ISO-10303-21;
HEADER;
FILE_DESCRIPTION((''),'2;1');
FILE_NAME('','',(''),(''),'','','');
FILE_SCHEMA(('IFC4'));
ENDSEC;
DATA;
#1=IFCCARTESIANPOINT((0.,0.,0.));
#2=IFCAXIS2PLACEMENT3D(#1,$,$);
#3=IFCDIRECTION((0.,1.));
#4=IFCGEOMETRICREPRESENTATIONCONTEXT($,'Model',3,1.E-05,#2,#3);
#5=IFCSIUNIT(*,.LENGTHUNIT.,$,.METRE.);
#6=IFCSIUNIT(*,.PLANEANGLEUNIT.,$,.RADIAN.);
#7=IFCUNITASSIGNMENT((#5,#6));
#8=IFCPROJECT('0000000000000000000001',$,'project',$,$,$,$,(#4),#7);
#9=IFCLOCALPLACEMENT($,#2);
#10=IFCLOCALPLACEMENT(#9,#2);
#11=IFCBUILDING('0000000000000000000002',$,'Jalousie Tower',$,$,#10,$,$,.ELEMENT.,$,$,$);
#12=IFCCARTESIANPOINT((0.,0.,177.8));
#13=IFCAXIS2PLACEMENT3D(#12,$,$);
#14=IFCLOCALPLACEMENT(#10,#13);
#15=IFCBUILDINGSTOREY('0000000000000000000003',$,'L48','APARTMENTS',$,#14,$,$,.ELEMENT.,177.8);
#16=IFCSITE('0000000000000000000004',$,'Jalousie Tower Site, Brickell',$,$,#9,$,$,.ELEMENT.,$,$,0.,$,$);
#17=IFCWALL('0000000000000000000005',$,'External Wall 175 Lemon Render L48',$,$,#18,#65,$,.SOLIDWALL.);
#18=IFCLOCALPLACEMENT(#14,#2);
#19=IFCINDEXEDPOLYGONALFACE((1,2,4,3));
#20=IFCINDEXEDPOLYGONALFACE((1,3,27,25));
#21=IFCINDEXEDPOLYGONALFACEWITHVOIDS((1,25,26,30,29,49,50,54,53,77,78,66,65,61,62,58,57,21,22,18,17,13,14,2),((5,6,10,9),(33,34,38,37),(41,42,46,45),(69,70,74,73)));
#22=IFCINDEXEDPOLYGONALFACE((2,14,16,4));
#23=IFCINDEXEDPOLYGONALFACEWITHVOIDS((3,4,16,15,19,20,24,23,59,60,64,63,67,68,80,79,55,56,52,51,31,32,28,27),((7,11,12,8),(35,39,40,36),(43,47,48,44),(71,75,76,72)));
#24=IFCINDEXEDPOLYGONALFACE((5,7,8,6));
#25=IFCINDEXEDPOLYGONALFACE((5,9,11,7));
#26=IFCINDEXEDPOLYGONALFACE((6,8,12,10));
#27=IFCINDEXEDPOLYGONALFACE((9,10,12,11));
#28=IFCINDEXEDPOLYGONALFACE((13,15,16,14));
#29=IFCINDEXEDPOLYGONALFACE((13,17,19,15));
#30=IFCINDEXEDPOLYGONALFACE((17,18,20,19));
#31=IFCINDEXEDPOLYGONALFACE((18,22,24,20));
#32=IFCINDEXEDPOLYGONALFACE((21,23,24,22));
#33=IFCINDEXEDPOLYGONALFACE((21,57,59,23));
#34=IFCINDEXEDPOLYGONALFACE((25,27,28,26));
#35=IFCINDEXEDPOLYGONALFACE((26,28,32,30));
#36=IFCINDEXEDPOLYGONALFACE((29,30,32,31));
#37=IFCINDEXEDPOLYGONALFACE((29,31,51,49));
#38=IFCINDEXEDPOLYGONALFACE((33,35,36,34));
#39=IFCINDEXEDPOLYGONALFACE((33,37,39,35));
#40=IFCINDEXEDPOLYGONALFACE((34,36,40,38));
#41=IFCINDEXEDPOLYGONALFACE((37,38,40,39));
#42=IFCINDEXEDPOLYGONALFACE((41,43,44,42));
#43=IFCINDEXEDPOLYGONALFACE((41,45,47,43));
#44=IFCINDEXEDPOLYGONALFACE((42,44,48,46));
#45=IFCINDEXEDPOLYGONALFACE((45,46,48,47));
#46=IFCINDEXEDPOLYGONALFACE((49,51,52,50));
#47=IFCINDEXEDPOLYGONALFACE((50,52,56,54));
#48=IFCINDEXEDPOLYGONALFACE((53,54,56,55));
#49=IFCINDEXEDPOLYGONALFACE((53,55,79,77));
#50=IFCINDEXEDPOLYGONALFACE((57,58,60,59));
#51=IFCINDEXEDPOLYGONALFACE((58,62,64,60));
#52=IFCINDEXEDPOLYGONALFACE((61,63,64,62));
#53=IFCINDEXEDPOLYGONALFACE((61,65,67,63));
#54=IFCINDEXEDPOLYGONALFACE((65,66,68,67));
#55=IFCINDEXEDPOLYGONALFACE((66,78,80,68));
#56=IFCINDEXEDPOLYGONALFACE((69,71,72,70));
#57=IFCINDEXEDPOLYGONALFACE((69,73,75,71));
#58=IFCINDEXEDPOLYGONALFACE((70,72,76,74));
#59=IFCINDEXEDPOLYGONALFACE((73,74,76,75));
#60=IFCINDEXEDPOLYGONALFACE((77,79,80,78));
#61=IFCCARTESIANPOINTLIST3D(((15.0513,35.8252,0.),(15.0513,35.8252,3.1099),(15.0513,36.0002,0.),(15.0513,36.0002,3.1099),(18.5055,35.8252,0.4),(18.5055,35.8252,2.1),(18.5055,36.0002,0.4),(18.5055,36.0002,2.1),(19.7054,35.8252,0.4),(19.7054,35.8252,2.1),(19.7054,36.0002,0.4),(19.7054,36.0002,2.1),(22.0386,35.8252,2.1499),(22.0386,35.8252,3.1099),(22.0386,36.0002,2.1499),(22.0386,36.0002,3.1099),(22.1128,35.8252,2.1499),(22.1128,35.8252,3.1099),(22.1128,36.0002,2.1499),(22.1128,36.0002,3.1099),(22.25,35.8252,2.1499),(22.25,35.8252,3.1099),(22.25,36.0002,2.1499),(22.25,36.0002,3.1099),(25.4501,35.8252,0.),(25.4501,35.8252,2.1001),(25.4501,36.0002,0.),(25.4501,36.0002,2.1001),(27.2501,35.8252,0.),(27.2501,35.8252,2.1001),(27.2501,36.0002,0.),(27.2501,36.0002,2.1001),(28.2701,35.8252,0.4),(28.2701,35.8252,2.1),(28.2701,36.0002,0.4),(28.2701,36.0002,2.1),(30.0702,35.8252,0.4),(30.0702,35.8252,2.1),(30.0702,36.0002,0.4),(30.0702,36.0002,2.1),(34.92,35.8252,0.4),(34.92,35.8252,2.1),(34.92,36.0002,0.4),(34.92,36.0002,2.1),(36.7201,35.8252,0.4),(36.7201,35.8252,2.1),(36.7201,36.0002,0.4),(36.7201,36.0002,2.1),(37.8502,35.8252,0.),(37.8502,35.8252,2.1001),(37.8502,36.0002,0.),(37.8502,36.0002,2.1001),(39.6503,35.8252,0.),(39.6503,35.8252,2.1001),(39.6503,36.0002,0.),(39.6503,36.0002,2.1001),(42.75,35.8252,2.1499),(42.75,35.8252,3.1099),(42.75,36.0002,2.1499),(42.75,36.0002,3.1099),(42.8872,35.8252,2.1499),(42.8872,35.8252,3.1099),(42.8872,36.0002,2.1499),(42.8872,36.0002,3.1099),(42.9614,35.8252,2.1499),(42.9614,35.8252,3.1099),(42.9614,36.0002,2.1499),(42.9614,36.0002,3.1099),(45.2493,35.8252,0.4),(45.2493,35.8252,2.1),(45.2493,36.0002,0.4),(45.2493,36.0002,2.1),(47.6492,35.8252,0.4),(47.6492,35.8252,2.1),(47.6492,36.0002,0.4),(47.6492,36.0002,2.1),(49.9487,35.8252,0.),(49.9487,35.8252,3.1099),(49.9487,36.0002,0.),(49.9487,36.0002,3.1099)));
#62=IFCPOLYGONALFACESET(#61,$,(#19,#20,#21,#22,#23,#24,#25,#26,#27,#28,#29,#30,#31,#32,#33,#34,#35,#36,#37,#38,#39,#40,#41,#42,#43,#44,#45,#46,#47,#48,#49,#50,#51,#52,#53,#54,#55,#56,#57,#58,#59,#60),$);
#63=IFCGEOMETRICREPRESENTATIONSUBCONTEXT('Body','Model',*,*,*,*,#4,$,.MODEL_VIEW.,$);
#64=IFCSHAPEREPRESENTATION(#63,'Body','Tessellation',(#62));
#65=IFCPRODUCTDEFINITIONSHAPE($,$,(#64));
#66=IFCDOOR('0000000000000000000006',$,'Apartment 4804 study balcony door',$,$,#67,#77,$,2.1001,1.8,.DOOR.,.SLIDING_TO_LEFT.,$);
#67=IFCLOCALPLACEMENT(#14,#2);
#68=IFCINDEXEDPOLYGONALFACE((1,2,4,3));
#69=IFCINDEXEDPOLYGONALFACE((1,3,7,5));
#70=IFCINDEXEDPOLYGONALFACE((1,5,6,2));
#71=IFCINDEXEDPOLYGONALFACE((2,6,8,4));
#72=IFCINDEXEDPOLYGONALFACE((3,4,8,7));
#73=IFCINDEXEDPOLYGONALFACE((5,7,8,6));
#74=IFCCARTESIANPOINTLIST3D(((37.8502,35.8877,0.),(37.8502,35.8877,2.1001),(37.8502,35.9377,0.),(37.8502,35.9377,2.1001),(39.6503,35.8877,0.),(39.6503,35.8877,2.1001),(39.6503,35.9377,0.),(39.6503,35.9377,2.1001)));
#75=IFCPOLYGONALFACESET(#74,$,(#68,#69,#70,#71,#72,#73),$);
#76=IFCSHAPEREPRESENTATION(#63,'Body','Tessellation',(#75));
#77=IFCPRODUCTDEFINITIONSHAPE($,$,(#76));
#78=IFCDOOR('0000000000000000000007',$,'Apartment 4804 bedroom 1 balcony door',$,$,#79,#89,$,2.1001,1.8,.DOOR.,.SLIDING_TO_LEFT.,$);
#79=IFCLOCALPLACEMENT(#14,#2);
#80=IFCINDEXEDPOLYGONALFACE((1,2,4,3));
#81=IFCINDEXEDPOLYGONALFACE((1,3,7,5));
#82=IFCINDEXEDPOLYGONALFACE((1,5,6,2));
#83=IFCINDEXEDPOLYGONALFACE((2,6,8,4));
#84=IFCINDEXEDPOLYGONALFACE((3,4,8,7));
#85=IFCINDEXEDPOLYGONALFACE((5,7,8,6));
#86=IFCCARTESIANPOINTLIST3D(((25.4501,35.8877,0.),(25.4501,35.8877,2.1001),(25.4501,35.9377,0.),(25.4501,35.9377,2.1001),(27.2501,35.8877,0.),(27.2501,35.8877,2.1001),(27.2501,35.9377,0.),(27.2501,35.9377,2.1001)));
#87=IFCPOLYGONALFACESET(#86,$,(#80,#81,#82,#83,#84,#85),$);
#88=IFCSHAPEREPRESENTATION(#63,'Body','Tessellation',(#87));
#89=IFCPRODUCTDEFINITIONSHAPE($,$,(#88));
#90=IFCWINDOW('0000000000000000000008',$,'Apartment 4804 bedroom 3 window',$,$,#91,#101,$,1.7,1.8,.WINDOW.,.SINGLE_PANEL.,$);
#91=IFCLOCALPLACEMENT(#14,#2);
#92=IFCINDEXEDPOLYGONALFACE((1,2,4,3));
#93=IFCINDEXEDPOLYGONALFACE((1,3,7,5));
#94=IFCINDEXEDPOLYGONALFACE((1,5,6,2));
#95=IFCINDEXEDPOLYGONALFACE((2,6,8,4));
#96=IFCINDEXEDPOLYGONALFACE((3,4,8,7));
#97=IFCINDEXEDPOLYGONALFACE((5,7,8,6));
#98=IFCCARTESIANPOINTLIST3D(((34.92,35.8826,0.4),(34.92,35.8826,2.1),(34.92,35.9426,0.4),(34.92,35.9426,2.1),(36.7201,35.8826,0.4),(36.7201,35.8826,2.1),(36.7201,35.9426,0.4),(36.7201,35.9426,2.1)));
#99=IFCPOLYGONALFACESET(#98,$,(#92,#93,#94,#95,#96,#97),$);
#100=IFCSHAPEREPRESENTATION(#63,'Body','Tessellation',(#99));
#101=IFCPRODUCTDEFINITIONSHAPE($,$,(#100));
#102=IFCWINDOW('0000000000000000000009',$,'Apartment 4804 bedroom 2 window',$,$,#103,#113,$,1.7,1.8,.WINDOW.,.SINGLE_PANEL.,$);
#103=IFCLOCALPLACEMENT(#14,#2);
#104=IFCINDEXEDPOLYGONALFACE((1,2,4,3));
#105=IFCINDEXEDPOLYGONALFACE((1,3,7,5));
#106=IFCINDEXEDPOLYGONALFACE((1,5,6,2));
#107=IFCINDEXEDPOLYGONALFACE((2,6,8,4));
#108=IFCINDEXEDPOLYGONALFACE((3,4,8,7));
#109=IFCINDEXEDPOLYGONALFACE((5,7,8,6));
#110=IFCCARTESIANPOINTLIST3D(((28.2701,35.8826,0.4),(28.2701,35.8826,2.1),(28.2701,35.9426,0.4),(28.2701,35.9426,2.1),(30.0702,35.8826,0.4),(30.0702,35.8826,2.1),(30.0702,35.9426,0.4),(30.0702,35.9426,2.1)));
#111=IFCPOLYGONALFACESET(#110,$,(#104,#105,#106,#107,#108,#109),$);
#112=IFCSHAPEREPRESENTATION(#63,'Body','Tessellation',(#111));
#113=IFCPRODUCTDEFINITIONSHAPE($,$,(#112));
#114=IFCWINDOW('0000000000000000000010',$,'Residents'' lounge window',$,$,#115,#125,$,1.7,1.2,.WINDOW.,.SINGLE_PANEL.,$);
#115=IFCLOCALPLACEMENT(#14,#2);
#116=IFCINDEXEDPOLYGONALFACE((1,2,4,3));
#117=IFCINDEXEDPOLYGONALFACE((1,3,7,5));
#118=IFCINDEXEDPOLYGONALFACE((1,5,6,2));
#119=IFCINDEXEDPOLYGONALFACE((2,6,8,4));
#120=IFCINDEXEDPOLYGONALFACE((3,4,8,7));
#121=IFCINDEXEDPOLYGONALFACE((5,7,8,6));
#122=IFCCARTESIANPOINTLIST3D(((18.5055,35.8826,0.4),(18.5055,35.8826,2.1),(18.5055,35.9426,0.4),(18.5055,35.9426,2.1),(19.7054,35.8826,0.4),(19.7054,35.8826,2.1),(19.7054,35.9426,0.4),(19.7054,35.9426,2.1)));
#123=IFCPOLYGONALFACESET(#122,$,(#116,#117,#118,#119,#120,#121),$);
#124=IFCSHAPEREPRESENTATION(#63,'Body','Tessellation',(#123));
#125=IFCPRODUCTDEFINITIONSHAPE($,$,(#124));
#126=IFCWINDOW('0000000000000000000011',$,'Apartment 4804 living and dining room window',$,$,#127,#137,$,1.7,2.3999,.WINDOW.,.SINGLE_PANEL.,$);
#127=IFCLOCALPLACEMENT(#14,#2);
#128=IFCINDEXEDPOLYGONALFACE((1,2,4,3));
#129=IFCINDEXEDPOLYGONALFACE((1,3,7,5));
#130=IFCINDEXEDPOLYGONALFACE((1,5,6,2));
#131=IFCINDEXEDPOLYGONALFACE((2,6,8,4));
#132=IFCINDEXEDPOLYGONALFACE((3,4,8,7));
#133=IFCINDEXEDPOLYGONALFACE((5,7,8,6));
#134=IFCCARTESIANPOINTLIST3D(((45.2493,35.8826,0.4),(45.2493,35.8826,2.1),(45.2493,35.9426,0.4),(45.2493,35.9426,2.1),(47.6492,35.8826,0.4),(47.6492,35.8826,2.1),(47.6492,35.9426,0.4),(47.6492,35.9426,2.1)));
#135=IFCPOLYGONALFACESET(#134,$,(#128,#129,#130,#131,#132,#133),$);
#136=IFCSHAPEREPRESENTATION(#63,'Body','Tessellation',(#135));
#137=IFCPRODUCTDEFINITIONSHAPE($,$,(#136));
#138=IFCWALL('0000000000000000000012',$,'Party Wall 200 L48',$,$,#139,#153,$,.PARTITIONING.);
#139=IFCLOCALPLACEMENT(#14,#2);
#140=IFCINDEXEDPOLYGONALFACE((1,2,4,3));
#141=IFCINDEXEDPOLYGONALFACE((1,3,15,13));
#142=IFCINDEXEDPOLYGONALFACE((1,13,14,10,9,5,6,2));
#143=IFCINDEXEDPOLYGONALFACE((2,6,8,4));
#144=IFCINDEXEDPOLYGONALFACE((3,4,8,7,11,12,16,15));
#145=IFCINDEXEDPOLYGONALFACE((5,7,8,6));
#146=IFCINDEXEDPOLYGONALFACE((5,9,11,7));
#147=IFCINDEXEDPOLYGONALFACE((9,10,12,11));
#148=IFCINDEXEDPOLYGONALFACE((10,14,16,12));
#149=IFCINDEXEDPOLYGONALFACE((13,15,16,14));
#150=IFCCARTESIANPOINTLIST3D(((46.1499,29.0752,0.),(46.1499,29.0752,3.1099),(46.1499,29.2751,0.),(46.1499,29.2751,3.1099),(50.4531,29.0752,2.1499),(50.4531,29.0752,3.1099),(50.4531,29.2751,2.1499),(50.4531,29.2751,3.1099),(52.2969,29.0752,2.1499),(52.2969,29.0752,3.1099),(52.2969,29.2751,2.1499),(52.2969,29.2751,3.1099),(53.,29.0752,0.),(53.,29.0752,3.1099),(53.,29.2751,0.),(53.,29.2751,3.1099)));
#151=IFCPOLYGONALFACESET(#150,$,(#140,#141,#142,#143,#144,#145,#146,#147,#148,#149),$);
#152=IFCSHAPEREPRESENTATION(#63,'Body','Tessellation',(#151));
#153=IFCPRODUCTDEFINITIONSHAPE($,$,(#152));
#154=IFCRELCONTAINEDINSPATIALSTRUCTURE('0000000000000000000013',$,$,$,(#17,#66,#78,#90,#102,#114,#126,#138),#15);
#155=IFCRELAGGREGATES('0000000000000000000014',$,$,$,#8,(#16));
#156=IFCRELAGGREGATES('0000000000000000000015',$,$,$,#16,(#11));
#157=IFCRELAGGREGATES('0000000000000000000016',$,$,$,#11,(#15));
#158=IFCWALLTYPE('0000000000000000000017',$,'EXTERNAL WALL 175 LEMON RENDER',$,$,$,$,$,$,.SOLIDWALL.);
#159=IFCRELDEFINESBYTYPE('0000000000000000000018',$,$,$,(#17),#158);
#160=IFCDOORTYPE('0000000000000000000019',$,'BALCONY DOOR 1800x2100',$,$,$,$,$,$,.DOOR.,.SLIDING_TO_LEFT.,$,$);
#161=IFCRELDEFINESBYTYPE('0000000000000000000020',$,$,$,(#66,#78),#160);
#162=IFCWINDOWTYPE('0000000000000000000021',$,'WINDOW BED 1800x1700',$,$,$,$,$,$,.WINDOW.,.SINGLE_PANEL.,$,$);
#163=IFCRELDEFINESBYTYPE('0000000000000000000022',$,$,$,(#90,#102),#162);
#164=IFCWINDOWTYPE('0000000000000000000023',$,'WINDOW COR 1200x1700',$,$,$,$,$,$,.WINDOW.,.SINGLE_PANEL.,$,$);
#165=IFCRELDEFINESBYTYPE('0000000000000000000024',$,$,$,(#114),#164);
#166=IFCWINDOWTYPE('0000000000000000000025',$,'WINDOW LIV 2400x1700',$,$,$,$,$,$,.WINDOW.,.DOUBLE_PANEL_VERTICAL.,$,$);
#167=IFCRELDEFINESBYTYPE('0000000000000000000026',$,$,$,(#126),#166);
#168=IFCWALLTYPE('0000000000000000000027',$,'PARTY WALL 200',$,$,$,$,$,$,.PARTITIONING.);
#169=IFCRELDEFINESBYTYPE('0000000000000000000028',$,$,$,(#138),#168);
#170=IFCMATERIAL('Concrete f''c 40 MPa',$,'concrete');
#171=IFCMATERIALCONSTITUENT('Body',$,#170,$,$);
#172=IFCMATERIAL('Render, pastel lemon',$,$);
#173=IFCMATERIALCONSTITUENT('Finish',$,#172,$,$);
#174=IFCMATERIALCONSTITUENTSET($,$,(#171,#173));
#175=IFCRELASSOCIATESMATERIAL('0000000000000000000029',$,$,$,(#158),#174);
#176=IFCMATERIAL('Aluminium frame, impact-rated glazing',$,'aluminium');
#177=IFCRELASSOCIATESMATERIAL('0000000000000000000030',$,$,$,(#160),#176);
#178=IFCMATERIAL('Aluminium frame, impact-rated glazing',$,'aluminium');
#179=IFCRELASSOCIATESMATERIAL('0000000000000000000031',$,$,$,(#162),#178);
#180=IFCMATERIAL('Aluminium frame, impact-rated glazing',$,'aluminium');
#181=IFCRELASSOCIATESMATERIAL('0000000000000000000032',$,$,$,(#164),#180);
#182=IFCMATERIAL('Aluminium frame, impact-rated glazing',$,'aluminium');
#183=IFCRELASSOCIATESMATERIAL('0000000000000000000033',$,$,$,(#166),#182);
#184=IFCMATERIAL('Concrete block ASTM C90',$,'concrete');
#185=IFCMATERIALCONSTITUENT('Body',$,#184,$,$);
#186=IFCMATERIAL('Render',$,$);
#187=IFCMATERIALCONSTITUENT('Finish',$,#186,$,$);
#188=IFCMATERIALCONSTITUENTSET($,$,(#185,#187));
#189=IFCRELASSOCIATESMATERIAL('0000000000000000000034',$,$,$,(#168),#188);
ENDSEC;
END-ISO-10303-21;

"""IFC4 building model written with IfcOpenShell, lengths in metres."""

from ifc_helpers import new_model, si_unit, direction, frame, frame_2d, origin, place, context, subcontext, project, spatial, polyline, rectangle, outline, extrude, material, constituent, constituent_set, type_object, element, fill, save


model = new_model("IFC4")

# Units and contexts
model_context = context("Model", 3, precision=1e-05, world=origin(), true_north=direction((0.0, 1.0)))
body_context = subcontext(model_context, "Body", "Model", "MODEL_VIEW")
ifc_project = project(units=[si_unit("LENGTHUNIT", "METRE"), si_unit("PLANEANGLEUNIT", "RADIAN")], contexts=[model_context])

# Site, building, storey
site_placement = place(None, origin())
site = spatial("IfcSite", under=ifc_project, at=site_placement, Name="Jalousie Tower Site, Brickell", CompositionType="ELEMENT", RefElevation=0.0)
building_placement = place(site_placement, origin())
building = spatial("IfcBuilding", under=site, at=building_placement, Name="Jalousie Tower", CompositionType="ELEMENT")
storey_placement = place(building_placement, frame((0.0, 0.0, 177.8)))
storey = spatial("IfcBuildingStorey", under=building, at=storey_placement, Name="L48", Description="APARTMENTS", CompositionType="ELEMENT", Elevation=177.8)

# Wall, openings, doors, windows
ifc_material_1 = material(Name="Concrete f'c 40 MPa", Category="concrete")
ifc_constituent_1 = constituent(ifc_material_1, Name="Body")
ifc_material_2 = material(Name="Render, pastel lemon")
ifc_constituent_2 = constituent(ifc_material_2, Name="Finish")
ifc_constituent_set_1 = constituent_set(constituents=[ifc_constituent_1, ifc_constituent_2])
wall_type_1 = type_object("IfcWallType", Name="EXTERNAL WALL 175 LEMON RENDER", PredefinedType="SOLIDWALL", material=ifc_constituent_set_1)
wall_1_placement = place(storey_placement, frame((49.9487, 35.9126, 0.0), z_axis=(0.0, 0.0, 1.0), x_axis=(-1.0, 0.0, 0.0)))
wall_1 = element("IfcWall", 1, at=wall_1_placement, inside=storey, type_object=wall_type_1, Name="External Wall 175 Lemon Render L48", PredefinedType="SOLIDWALL", context=body_context, shape_type="SweptSolid", body=[
    extrude(outline(polyline([(0.0, 0.0), (34.8975, 0.0), (34.8975, 3.1099), (27.9102, 3.1099), (27.9102, 2.1499), (27.8359, 2.1499), (27.8359, 3.1099), (27.6987, 3.1099), (27.6987, 2.1499), (7.1987, 2.1499), (7.1987, 3.1099), (7.0615, 3.1099), (7.0615, 2.1499), (6.9873, 2.1499), (6.9873, 3.1099), (0.0, 3.1099), (0.0, 0.0)])), frame((0.0, 0.0874, 0.0), z_axis=(0.0, -1.0, 0.0), x_axis=(1.0, 0.0, 0.0)), (0.0, 0.0, 1.0), 0.175),
])
opening_1_placement = place(wall_1_placement, frame((2.2996, 0.0, 0.3999)))
opening_1 = element("IfcOpeningElement", 2, at=opening_1_placement, cuts=wall_1, PredefinedType="OPENING", context=body_context, shape_type="SweptSolid", body=[
    extrude(rectangle(XDim=2.3999, YDim=1.7, at=frame_2d((1.2, 0.8501))), frame((0.0, 0.0974, 0.0), z_axis=(0.0, -1.0, 0.0), x_axis=(1.0, 0.0, 0.0)), (0.0, 0.0, 1.0), 0.1951),
])
opening_2_placement = place(wall_1_placement, frame((10.2986, 0.0, 0.0)))
opening_2 = element("IfcOpeningElement", 3, at=opening_2_placement, cuts=wall_1, PredefinedType="OPENING", context=body_context, shape_type="SweptSolid", body=[
    extrude(rectangle(XDim=1.8, YDim=2.1001, at=frame_2d((0.8999, 1.05))), frame((0.0, 0.0974, 0.0), z_axis=(0.0, -1.0, 0.0), x_axis=(1.0, 0.0, 0.0)), (0.0, 0.0, 1.0), 0.1951),
])
opening_3_placement = place(wall_1_placement, frame((13.2288, 0.0, 0.3999)))
opening_3 = element("IfcOpeningElement", 4, at=opening_3_placement, cuts=wall_1, PredefinedType="OPENING", context=body_context, shape_type="SweptSolid", body=[
    extrude(rectangle(XDim=1.8, YDim=1.7, at=frame_2d((0.8999, 0.8501))), frame((0.0, 0.0974, 0.0), z_axis=(0.0, -1.0, 0.0), x_axis=(1.0, 0.0, 0.0)), (0.0, 0.0, 1.0), 0.1951),
])
opening_4_placement = place(wall_1_placement, frame((19.8787, 0.0, 0.3999)))
opening_4 = element("IfcOpeningElement", 5, at=opening_4_placement, cuts=wall_1, PredefinedType="OPENING", context=body_context, shape_type="SweptSolid", body=[
    extrude(rectangle(XDim=1.8, YDim=1.7, at=frame_2d((0.8999, 0.8501))), frame((0.0, 0.0974, 0.0), z_axis=(0.0, -1.0, 0.0), x_axis=(1.0, 0.0, 0.0)), (0.0, 0.0, 1.0), 0.1951),
])
opening_5_placement = place(wall_1_placement, frame((22.6987, 0.0, 0.0)))
opening_5 = element("IfcOpeningElement", 6, at=opening_5_placement, cuts=wall_1, PredefinedType="OPENING", context=body_context, shape_type="SweptSolid", body=[
    extrude(rectangle(XDim=1.8, YDim=2.1001, at=frame_2d((0.8999, 1.05))), frame((0.0, 0.0974, 0.0), z_axis=(0.0, -1.0, 0.0), x_axis=(1.0, 0.0, 0.0)), (0.0, 0.0, 1.0), 0.1951),
])
opening_6_placement = place(wall_1_placement, frame((30.2432, 0.0, 0.3999)))
opening_6 = element("IfcOpeningElement", 7, at=opening_6_placement, cuts=wall_1, PredefinedType="OPENING", context=body_context, shape_type="SweptSolid", body=[
    extrude(rectangle(XDim=1.2, YDim=1.7, at=frame_2d((0.6001, 0.8501))), frame((0.0, 0.0974, 0.0), z_axis=(0.0, -1.0, 0.0), x_axis=(1.0, 0.0, 0.0)), (0.0, 0.0, 1.0), 0.1951),
])
ifc_material_3 = material(Name="Aluminium frame, impact-rated glazing", Category="aluminium")
door_type = type_object("IfcDoorType", Name="BALCONY DOOR 1800x2100", OperationType="SLIDING_TO_LEFT", PredefinedType="DOOR", material=ifc_material_3)
door_1_placement = place(opening_2_placement, origin())
door_1 = element("IfcDoor", 8, at=door_1_placement, inside=storey, type_object=door_type, Name="Apartment 4804 study balcony door", OperationType="SLIDING_TO_LEFT", OverallHeight=2.1001, OverallWidth=1.8, PredefinedType="DOOR", context=body_context, shape_type="SweptSolid", body=[
    extrude(rectangle(XDim=1.8, YDim=2.1001, at=frame_2d((0.8999, 1.05))), frame((0.0, 0.0249, 0.0), z_axis=(0.0, -1.0, 0.0), x_axis=(1.0, 0.0, 0.0)), (0.0, 0.0, 1.0), 0.05),
])
fill(opening_2, door_1)
door_2_placement = place(opening_5_placement, origin())
door_2 = element("IfcDoor", 9, at=door_2_placement, inside=storey, type_object=door_type, Name="Apartment 4804 bedroom 1 balcony door", OperationType="SLIDING_TO_LEFT", OverallHeight=2.1001, OverallWidth=1.8, PredefinedType="DOOR", context=body_context, shape_type="SweptSolid", body=[
    extrude(rectangle(XDim=1.8, YDim=2.1001, at=frame_2d((0.8999, 1.05))), frame((0.0, 0.0249, 0.0), z_axis=(0.0, -1.0, 0.0), x_axis=(1.0, 0.0, 0.0)), (0.0, 0.0, 1.0), 0.05),
])
fill(opening_5, door_2)
ifc_material_4 = material(Name="Aluminium frame, impact-rated glazing", Category="aluminium")
window_type_1 = type_object("IfcWindowType", Name="WINDOW BED 1800x1700", PartitioningType="SINGLE_PANEL", PredefinedType="WINDOW", material=ifc_material_4)
window_1_placement = place(opening_3_placement, origin())
window_1 = element("IfcWindow", 10, at=window_1_placement, inside=storey, type_object=window_type_1, Name="Apartment 4804 bedroom 3 window", OverallHeight=1.7, OverallWidth=1.8, PartitioningType="SINGLE_PANEL", PredefinedType="WINDOW", context=body_context, shape_type="SweptSolid", body=[
    extrude(rectangle(XDim=1.8, YDim=1.7, at=frame_2d((0.8999, 0.8501))), frame((0.0, 0.03, 0.0), z_axis=(0.0, -1.0, 0.0), x_axis=(1.0, 0.0, 0.0)), (0.0, 0.0, 1.0), 0.0601),
])
fill(opening_3, window_1)
window_2_placement = place(opening_4_placement, origin())
window_2 = element("IfcWindow", 11, at=window_2_placement, inside=storey, type_object=window_type_1, Name="Apartment 4804 bedroom 2 window", OverallHeight=1.7, OverallWidth=1.8, PartitioningType="SINGLE_PANEL", PredefinedType="WINDOW", context=body_context, shape_type="SweptSolid", body=[
    extrude(rectangle(XDim=1.8, YDim=1.7, at=frame_2d((0.8999, 0.8501))), frame((0.0, 0.03, 0.0), z_axis=(0.0, -1.0, 0.0), x_axis=(1.0, 0.0, 0.0)), (0.0, 0.0, 1.0), 0.0601),
])
fill(opening_4, window_2)
ifc_material_5 = material(Name="Aluminium frame, impact-rated glazing", Category="aluminium")
window_type_2 = type_object("IfcWindowType", Name="WINDOW COR 1200x1700", PartitioningType="SINGLE_PANEL", PredefinedType="WINDOW", material=ifc_material_5)
window_3_placement = place(opening_6_placement, origin())
window_3 = element("IfcWindow", 12, at=window_3_placement, inside=storey, type_object=window_type_2, Name="Residents' lounge window", OverallHeight=1.7, OverallWidth=1.2, PartitioningType="SINGLE_PANEL", PredefinedType="WINDOW", context=body_context, shape_type="SweptSolid", body=[
    extrude(rectangle(XDim=1.2, YDim=1.7, at=frame_2d((0.6001, 0.8501))), frame((0.0, 0.03, 0.0), z_axis=(0.0, -1.0, 0.0), x_axis=(1.0, 0.0, 0.0)), (0.0, 0.0, 1.0), 0.0601),
])
fill(opening_6, window_3)
ifc_material_6 = material(Name="Aluminium frame, impact-rated glazing", Category="aluminium")
window_type_3 = type_object("IfcWindowType", Name="WINDOW LIV 2400x1700", PartitioningType="DOUBLE_PANEL_VERTICAL", PredefinedType="WINDOW", material=ifc_material_6)
window_4_placement = place(opening_1_placement, origin())
window_4 = element("IfcWindow", 13, at=window_4_placement, inside=storey, type_object=window_type_3, Name="Apartment 4804 living and dining room window", OverallHeight=1.7, OverallWidth=2.3999, PartitioningType="SINGLE_PANEL", PredefinedType="WINDOW", context=body_context, shape_type="SweptSolid", body=[
    extrude(rectangle(XDim=2.3999, YDim=1.7, at=frame_2d((1.2, 0.8501))), frame((0.0, 0.03, 0.0), z_axis=(0.0, -1.0, 0.0), x_axis=(1.0, 0.0, 0.0)), (0.0, 0.0, 1.0), 0.0601),
])
fill(opening_1, window_4)

# Wall
ifc_material_7 = material(Name="Concrete block ASTM C90", Category="concrete")
ifc_constituent_3 = constituent(ifc_material_7, Name="Body")
ifc_material_8 = material(Name="Render")
ifc_constituent_4 = constituent(ifc_material_8, Name="Finish")
ifc_constituent_set_2 = constituent_set(constituents=[ifc_constituent_3, ifc_constituent_4])
wall_type_2 = type_object("IfcWallType", Name="PARTY WALL 200", PredefinedType="PARTITIONING", material=ifc_constituent_set_2)
wall_2_placement = place(storey_placement, frame((46.1499, 29.175, 0.0), z_axis=(0.0, 0.0, 1.0), x_axis=(1.0, 0.0, 0.0)))
element("IfcWall", 14, at=wall_2_placement, inside=storey, type_object=wall_type_2, Name="Party Wall 200 L48", PredefinedType="PARTITIONING", context=body_context, shape_type="SweptSolid", body=[
    extrude(outline(polyline([(0.0, 0.0), (6.8501, 0.0), (6.8501, 3.1099), (6.147, 3.1099), (6.147, 2.1499), (4.3032, 2.1499), (4.3032, 3.1099), (0.0, 3.1099), (0.0, 0.0)])), frame((0.0, 0.1001, 0.0), z_axis=(0.0, -1.0, 0.0), x_axis=(1.0, 0.0, 0.0)), (0.0, 0.0, 1.0), 0.2),
])

save(model, "model.ifc")
